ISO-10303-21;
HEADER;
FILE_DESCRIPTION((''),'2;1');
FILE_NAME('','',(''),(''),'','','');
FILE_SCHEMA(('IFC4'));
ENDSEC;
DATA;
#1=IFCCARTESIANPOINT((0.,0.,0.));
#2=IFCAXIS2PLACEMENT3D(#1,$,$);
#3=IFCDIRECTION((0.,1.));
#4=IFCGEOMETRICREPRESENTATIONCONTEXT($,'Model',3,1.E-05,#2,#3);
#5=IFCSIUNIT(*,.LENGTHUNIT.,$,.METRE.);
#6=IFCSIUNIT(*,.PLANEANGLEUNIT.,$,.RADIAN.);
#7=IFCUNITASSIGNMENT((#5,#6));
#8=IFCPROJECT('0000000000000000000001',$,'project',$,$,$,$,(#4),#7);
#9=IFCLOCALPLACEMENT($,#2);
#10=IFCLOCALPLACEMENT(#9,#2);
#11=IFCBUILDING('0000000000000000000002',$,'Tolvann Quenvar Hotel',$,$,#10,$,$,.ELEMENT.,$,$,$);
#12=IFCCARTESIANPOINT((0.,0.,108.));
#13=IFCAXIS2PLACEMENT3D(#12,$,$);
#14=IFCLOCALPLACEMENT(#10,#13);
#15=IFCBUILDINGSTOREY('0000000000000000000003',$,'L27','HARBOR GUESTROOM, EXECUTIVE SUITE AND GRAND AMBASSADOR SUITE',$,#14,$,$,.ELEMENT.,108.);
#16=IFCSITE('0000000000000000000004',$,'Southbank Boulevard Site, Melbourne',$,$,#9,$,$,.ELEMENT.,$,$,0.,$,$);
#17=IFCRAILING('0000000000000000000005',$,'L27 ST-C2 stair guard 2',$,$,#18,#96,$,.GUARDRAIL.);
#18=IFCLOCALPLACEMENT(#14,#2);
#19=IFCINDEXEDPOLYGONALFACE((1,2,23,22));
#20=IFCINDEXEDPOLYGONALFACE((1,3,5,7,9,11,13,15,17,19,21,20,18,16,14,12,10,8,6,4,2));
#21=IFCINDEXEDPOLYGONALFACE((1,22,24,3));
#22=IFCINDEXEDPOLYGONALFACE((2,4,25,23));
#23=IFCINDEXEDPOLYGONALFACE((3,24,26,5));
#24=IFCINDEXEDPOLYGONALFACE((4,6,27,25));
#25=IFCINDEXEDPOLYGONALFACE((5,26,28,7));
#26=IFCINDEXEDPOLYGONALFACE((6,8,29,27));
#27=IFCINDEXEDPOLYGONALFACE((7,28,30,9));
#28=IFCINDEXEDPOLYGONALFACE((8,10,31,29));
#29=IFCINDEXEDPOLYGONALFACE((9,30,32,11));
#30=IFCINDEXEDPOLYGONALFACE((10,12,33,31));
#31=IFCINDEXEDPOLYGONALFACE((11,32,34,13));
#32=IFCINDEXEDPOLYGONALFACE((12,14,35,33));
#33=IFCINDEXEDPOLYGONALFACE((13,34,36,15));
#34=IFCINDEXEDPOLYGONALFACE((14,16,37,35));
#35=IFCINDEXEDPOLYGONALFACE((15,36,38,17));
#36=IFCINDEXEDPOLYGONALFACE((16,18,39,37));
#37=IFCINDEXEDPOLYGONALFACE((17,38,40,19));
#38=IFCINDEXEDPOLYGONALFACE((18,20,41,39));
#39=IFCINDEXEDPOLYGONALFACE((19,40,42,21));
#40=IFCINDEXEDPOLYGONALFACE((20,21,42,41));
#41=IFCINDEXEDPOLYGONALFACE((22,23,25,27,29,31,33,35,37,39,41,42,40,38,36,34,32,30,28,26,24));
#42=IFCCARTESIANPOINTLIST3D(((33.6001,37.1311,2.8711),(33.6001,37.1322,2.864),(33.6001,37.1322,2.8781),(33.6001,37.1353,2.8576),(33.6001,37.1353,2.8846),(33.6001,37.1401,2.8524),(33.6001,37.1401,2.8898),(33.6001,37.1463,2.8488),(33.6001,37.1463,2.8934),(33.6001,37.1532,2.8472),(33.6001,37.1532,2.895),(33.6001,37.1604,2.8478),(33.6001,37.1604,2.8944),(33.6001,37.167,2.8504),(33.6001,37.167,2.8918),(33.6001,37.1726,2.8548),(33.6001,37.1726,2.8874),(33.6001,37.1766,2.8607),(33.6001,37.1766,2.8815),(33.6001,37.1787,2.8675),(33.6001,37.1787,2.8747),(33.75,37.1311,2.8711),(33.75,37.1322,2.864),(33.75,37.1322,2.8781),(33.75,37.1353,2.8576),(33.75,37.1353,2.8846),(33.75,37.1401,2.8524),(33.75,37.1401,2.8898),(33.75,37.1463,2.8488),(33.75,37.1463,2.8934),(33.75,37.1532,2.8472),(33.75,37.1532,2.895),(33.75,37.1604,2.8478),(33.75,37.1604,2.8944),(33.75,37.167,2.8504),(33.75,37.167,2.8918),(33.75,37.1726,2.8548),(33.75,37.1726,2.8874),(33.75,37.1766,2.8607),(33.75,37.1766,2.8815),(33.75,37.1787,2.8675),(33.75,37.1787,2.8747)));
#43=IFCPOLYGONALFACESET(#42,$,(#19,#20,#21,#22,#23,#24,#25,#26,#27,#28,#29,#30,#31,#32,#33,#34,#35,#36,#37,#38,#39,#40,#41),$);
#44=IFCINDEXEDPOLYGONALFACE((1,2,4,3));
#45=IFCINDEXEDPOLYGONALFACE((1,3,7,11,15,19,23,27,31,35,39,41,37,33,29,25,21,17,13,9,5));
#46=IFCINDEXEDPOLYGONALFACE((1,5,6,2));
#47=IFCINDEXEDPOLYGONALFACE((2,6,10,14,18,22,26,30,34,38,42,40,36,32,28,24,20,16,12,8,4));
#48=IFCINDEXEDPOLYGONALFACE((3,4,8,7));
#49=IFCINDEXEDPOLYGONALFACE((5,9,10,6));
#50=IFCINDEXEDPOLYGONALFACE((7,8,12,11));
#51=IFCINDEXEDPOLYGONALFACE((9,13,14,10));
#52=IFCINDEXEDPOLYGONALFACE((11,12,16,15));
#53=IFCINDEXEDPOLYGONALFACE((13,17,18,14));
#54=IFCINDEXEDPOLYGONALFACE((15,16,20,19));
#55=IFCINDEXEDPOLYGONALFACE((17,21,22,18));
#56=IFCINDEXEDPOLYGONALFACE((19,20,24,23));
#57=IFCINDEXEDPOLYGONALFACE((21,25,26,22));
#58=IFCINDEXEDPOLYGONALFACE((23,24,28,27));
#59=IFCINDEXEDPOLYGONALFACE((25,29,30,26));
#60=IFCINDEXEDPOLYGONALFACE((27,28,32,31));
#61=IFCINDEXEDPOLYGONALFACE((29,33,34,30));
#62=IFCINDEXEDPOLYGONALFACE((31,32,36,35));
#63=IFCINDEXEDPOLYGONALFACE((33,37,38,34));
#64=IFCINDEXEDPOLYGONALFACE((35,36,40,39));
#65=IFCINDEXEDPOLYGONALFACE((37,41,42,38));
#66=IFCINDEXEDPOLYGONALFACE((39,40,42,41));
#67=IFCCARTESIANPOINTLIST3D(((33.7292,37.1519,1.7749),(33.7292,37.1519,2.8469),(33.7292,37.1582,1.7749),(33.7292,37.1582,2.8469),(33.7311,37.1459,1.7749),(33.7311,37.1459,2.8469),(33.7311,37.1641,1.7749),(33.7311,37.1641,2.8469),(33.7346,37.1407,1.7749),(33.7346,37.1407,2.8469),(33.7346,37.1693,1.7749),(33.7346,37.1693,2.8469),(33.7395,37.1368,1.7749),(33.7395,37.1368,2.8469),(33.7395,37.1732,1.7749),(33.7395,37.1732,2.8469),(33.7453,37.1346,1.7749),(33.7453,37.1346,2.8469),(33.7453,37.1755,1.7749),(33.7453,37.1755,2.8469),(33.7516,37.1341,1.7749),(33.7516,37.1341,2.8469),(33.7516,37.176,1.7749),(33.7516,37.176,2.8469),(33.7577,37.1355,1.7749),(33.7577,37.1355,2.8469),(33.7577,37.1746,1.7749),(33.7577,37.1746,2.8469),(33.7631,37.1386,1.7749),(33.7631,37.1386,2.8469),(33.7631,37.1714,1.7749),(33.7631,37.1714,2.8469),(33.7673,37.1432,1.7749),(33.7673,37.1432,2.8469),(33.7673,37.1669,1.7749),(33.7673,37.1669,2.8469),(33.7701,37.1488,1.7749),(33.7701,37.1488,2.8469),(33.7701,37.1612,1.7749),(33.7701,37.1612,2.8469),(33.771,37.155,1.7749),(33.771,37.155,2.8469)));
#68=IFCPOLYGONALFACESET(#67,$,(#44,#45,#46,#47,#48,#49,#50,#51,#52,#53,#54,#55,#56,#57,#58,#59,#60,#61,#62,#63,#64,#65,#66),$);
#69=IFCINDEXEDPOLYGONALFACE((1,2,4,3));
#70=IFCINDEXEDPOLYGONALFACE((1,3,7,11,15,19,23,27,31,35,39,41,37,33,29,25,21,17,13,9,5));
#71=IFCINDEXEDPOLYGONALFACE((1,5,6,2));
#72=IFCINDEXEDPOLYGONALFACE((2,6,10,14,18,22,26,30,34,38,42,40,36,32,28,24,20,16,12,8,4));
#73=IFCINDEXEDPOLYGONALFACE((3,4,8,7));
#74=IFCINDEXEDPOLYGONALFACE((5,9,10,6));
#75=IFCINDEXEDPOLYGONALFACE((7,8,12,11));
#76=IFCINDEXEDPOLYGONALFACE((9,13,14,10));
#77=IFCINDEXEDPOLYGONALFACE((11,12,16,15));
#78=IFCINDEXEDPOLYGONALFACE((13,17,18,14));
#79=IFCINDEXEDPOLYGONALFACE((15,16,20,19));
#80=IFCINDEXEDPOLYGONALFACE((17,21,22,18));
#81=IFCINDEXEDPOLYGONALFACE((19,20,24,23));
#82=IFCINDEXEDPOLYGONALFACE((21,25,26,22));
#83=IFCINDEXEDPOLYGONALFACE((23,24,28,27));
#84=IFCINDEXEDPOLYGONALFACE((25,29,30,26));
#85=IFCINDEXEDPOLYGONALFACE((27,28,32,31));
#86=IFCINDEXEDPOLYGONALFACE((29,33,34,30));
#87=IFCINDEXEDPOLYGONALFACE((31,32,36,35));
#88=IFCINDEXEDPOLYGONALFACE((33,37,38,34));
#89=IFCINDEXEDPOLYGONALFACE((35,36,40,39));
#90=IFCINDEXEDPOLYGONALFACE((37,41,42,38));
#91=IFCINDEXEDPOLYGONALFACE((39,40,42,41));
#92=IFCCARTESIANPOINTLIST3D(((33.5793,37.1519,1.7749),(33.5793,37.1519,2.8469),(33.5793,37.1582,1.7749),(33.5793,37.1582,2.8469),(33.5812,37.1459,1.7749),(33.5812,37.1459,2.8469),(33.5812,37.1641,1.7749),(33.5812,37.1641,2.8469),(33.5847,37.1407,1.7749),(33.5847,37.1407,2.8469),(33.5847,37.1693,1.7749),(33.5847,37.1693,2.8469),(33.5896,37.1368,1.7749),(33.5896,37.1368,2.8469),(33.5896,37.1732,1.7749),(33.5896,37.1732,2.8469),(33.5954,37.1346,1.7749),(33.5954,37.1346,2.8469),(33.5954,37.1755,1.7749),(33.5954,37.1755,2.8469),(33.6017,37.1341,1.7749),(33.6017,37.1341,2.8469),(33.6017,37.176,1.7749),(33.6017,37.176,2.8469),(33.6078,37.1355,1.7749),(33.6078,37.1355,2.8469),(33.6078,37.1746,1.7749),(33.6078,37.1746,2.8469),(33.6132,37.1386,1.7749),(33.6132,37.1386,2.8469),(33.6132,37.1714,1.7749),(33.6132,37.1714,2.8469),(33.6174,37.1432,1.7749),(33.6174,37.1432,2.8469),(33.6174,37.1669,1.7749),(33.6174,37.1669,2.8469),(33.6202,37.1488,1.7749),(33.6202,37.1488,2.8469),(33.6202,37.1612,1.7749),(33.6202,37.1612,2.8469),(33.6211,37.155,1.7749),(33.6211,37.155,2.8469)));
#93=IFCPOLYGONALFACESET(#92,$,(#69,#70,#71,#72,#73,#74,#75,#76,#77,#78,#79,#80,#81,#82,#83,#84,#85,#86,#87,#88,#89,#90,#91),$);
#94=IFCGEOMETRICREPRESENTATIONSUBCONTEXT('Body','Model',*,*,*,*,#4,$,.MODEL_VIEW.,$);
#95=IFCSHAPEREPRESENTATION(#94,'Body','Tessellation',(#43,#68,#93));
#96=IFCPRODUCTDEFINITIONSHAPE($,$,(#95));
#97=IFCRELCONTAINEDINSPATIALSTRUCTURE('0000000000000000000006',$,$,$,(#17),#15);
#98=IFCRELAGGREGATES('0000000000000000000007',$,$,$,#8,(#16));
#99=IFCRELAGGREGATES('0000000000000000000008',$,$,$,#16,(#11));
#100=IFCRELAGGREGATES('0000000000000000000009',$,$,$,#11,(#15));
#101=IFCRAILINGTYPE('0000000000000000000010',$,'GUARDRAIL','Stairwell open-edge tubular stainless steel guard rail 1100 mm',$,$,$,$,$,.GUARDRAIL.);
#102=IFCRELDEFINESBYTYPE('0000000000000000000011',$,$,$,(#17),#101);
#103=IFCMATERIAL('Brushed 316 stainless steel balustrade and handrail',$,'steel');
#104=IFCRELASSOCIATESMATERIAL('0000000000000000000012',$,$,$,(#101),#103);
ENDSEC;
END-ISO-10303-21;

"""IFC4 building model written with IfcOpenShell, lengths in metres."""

from ifc_helpers import new_model, si_unit, direction, frame, origin, origin_2d, place, context, subcontext, project, spatial, circle, extrude, material, type_object, element, save


model = new_model("IFC4")

# Units and contexts
model_context = context("Model", 3, precision=1e-05, world=origin(), true_north=direction((0.0, 1.0)))
body_context = subcontext(model_context, "Body", "Model", "MODEL_VIEW")
ifc_project = project(units=[si_unit("LENGTHUNIT", "METRE"), si_unit("PLANEANGLEUNIT", "RADIAN")], contexts=[model_context])

# Site, building, storey
site_placement = place(None, origin())
site = spatial("IfcSite", under=ifc_project, at=site_placement, Name="Southbank Boulevard Site, Melbourne", CompositionType="ELEMENT", RefElevation=0.0)
building_placement = place(site_placement, origin())
building = spatial("IfcBuilding", under=site, at=building_placement, Name="Tolvann Quenvar Hotel", CompositionType="ELEMENT")
storey_placement = place(building_placement, frame((0.0, 0.0, 108.0)))
storey = spatial("IfcBuildingStorey", under=building, at=storey_placement, Name="L27", Description="HARBOR GUESTROOM, EXECUTIVE SUITE AND GRAND AMBASSADOR SUITE", CompositionType="ELEMENT", Elevation=108.0)

# Railing
ifc_material_1 = material(Name="Brushed 316 stainless steel balustrade and handrail", Category="steel")
railing_type_1 = type_object("IfcRailingType", Name="GUARDRAIL", Description="Stairwell open-edge tubular stainless steel guard rail 1100 mm", PredefinedType="GUARDRAIL", material=ifc_material_1)
railing_1_placement = place(storey_placement, frame((33.75, 37.155, 1.7749)))
element("IfcRailing", 1, at=railing_1_placement, inside=storey, type_object=railing_type_1, Name="L27 ST-C2 stair guard 2", PredefinedType="GUARDRAIL", context=body_context, shape_type="SweptSolid", body=[
    extrude(circle(Radius=0.0239, at=origin_2d()), frame((0.0, 0.0, 1.0962), z_axis=(-1.0, 0.0, 0.0), x_axis=(0.0, -1.0, 0.0)), (0.0, 0.0, 1.0), 0.1499),
    extrude(circle(Radius=0.021, at=origin_2d()), origin(), (0.0, 0.0, 1.0), 1.072),
    extrude(circle(Radius=0.021, at=origin_2d()), frame((-0.1499, 0.0, 0.0)), (0.0, 0.0, 1.0), 1.072),
])

save(model, "model.ifc")
